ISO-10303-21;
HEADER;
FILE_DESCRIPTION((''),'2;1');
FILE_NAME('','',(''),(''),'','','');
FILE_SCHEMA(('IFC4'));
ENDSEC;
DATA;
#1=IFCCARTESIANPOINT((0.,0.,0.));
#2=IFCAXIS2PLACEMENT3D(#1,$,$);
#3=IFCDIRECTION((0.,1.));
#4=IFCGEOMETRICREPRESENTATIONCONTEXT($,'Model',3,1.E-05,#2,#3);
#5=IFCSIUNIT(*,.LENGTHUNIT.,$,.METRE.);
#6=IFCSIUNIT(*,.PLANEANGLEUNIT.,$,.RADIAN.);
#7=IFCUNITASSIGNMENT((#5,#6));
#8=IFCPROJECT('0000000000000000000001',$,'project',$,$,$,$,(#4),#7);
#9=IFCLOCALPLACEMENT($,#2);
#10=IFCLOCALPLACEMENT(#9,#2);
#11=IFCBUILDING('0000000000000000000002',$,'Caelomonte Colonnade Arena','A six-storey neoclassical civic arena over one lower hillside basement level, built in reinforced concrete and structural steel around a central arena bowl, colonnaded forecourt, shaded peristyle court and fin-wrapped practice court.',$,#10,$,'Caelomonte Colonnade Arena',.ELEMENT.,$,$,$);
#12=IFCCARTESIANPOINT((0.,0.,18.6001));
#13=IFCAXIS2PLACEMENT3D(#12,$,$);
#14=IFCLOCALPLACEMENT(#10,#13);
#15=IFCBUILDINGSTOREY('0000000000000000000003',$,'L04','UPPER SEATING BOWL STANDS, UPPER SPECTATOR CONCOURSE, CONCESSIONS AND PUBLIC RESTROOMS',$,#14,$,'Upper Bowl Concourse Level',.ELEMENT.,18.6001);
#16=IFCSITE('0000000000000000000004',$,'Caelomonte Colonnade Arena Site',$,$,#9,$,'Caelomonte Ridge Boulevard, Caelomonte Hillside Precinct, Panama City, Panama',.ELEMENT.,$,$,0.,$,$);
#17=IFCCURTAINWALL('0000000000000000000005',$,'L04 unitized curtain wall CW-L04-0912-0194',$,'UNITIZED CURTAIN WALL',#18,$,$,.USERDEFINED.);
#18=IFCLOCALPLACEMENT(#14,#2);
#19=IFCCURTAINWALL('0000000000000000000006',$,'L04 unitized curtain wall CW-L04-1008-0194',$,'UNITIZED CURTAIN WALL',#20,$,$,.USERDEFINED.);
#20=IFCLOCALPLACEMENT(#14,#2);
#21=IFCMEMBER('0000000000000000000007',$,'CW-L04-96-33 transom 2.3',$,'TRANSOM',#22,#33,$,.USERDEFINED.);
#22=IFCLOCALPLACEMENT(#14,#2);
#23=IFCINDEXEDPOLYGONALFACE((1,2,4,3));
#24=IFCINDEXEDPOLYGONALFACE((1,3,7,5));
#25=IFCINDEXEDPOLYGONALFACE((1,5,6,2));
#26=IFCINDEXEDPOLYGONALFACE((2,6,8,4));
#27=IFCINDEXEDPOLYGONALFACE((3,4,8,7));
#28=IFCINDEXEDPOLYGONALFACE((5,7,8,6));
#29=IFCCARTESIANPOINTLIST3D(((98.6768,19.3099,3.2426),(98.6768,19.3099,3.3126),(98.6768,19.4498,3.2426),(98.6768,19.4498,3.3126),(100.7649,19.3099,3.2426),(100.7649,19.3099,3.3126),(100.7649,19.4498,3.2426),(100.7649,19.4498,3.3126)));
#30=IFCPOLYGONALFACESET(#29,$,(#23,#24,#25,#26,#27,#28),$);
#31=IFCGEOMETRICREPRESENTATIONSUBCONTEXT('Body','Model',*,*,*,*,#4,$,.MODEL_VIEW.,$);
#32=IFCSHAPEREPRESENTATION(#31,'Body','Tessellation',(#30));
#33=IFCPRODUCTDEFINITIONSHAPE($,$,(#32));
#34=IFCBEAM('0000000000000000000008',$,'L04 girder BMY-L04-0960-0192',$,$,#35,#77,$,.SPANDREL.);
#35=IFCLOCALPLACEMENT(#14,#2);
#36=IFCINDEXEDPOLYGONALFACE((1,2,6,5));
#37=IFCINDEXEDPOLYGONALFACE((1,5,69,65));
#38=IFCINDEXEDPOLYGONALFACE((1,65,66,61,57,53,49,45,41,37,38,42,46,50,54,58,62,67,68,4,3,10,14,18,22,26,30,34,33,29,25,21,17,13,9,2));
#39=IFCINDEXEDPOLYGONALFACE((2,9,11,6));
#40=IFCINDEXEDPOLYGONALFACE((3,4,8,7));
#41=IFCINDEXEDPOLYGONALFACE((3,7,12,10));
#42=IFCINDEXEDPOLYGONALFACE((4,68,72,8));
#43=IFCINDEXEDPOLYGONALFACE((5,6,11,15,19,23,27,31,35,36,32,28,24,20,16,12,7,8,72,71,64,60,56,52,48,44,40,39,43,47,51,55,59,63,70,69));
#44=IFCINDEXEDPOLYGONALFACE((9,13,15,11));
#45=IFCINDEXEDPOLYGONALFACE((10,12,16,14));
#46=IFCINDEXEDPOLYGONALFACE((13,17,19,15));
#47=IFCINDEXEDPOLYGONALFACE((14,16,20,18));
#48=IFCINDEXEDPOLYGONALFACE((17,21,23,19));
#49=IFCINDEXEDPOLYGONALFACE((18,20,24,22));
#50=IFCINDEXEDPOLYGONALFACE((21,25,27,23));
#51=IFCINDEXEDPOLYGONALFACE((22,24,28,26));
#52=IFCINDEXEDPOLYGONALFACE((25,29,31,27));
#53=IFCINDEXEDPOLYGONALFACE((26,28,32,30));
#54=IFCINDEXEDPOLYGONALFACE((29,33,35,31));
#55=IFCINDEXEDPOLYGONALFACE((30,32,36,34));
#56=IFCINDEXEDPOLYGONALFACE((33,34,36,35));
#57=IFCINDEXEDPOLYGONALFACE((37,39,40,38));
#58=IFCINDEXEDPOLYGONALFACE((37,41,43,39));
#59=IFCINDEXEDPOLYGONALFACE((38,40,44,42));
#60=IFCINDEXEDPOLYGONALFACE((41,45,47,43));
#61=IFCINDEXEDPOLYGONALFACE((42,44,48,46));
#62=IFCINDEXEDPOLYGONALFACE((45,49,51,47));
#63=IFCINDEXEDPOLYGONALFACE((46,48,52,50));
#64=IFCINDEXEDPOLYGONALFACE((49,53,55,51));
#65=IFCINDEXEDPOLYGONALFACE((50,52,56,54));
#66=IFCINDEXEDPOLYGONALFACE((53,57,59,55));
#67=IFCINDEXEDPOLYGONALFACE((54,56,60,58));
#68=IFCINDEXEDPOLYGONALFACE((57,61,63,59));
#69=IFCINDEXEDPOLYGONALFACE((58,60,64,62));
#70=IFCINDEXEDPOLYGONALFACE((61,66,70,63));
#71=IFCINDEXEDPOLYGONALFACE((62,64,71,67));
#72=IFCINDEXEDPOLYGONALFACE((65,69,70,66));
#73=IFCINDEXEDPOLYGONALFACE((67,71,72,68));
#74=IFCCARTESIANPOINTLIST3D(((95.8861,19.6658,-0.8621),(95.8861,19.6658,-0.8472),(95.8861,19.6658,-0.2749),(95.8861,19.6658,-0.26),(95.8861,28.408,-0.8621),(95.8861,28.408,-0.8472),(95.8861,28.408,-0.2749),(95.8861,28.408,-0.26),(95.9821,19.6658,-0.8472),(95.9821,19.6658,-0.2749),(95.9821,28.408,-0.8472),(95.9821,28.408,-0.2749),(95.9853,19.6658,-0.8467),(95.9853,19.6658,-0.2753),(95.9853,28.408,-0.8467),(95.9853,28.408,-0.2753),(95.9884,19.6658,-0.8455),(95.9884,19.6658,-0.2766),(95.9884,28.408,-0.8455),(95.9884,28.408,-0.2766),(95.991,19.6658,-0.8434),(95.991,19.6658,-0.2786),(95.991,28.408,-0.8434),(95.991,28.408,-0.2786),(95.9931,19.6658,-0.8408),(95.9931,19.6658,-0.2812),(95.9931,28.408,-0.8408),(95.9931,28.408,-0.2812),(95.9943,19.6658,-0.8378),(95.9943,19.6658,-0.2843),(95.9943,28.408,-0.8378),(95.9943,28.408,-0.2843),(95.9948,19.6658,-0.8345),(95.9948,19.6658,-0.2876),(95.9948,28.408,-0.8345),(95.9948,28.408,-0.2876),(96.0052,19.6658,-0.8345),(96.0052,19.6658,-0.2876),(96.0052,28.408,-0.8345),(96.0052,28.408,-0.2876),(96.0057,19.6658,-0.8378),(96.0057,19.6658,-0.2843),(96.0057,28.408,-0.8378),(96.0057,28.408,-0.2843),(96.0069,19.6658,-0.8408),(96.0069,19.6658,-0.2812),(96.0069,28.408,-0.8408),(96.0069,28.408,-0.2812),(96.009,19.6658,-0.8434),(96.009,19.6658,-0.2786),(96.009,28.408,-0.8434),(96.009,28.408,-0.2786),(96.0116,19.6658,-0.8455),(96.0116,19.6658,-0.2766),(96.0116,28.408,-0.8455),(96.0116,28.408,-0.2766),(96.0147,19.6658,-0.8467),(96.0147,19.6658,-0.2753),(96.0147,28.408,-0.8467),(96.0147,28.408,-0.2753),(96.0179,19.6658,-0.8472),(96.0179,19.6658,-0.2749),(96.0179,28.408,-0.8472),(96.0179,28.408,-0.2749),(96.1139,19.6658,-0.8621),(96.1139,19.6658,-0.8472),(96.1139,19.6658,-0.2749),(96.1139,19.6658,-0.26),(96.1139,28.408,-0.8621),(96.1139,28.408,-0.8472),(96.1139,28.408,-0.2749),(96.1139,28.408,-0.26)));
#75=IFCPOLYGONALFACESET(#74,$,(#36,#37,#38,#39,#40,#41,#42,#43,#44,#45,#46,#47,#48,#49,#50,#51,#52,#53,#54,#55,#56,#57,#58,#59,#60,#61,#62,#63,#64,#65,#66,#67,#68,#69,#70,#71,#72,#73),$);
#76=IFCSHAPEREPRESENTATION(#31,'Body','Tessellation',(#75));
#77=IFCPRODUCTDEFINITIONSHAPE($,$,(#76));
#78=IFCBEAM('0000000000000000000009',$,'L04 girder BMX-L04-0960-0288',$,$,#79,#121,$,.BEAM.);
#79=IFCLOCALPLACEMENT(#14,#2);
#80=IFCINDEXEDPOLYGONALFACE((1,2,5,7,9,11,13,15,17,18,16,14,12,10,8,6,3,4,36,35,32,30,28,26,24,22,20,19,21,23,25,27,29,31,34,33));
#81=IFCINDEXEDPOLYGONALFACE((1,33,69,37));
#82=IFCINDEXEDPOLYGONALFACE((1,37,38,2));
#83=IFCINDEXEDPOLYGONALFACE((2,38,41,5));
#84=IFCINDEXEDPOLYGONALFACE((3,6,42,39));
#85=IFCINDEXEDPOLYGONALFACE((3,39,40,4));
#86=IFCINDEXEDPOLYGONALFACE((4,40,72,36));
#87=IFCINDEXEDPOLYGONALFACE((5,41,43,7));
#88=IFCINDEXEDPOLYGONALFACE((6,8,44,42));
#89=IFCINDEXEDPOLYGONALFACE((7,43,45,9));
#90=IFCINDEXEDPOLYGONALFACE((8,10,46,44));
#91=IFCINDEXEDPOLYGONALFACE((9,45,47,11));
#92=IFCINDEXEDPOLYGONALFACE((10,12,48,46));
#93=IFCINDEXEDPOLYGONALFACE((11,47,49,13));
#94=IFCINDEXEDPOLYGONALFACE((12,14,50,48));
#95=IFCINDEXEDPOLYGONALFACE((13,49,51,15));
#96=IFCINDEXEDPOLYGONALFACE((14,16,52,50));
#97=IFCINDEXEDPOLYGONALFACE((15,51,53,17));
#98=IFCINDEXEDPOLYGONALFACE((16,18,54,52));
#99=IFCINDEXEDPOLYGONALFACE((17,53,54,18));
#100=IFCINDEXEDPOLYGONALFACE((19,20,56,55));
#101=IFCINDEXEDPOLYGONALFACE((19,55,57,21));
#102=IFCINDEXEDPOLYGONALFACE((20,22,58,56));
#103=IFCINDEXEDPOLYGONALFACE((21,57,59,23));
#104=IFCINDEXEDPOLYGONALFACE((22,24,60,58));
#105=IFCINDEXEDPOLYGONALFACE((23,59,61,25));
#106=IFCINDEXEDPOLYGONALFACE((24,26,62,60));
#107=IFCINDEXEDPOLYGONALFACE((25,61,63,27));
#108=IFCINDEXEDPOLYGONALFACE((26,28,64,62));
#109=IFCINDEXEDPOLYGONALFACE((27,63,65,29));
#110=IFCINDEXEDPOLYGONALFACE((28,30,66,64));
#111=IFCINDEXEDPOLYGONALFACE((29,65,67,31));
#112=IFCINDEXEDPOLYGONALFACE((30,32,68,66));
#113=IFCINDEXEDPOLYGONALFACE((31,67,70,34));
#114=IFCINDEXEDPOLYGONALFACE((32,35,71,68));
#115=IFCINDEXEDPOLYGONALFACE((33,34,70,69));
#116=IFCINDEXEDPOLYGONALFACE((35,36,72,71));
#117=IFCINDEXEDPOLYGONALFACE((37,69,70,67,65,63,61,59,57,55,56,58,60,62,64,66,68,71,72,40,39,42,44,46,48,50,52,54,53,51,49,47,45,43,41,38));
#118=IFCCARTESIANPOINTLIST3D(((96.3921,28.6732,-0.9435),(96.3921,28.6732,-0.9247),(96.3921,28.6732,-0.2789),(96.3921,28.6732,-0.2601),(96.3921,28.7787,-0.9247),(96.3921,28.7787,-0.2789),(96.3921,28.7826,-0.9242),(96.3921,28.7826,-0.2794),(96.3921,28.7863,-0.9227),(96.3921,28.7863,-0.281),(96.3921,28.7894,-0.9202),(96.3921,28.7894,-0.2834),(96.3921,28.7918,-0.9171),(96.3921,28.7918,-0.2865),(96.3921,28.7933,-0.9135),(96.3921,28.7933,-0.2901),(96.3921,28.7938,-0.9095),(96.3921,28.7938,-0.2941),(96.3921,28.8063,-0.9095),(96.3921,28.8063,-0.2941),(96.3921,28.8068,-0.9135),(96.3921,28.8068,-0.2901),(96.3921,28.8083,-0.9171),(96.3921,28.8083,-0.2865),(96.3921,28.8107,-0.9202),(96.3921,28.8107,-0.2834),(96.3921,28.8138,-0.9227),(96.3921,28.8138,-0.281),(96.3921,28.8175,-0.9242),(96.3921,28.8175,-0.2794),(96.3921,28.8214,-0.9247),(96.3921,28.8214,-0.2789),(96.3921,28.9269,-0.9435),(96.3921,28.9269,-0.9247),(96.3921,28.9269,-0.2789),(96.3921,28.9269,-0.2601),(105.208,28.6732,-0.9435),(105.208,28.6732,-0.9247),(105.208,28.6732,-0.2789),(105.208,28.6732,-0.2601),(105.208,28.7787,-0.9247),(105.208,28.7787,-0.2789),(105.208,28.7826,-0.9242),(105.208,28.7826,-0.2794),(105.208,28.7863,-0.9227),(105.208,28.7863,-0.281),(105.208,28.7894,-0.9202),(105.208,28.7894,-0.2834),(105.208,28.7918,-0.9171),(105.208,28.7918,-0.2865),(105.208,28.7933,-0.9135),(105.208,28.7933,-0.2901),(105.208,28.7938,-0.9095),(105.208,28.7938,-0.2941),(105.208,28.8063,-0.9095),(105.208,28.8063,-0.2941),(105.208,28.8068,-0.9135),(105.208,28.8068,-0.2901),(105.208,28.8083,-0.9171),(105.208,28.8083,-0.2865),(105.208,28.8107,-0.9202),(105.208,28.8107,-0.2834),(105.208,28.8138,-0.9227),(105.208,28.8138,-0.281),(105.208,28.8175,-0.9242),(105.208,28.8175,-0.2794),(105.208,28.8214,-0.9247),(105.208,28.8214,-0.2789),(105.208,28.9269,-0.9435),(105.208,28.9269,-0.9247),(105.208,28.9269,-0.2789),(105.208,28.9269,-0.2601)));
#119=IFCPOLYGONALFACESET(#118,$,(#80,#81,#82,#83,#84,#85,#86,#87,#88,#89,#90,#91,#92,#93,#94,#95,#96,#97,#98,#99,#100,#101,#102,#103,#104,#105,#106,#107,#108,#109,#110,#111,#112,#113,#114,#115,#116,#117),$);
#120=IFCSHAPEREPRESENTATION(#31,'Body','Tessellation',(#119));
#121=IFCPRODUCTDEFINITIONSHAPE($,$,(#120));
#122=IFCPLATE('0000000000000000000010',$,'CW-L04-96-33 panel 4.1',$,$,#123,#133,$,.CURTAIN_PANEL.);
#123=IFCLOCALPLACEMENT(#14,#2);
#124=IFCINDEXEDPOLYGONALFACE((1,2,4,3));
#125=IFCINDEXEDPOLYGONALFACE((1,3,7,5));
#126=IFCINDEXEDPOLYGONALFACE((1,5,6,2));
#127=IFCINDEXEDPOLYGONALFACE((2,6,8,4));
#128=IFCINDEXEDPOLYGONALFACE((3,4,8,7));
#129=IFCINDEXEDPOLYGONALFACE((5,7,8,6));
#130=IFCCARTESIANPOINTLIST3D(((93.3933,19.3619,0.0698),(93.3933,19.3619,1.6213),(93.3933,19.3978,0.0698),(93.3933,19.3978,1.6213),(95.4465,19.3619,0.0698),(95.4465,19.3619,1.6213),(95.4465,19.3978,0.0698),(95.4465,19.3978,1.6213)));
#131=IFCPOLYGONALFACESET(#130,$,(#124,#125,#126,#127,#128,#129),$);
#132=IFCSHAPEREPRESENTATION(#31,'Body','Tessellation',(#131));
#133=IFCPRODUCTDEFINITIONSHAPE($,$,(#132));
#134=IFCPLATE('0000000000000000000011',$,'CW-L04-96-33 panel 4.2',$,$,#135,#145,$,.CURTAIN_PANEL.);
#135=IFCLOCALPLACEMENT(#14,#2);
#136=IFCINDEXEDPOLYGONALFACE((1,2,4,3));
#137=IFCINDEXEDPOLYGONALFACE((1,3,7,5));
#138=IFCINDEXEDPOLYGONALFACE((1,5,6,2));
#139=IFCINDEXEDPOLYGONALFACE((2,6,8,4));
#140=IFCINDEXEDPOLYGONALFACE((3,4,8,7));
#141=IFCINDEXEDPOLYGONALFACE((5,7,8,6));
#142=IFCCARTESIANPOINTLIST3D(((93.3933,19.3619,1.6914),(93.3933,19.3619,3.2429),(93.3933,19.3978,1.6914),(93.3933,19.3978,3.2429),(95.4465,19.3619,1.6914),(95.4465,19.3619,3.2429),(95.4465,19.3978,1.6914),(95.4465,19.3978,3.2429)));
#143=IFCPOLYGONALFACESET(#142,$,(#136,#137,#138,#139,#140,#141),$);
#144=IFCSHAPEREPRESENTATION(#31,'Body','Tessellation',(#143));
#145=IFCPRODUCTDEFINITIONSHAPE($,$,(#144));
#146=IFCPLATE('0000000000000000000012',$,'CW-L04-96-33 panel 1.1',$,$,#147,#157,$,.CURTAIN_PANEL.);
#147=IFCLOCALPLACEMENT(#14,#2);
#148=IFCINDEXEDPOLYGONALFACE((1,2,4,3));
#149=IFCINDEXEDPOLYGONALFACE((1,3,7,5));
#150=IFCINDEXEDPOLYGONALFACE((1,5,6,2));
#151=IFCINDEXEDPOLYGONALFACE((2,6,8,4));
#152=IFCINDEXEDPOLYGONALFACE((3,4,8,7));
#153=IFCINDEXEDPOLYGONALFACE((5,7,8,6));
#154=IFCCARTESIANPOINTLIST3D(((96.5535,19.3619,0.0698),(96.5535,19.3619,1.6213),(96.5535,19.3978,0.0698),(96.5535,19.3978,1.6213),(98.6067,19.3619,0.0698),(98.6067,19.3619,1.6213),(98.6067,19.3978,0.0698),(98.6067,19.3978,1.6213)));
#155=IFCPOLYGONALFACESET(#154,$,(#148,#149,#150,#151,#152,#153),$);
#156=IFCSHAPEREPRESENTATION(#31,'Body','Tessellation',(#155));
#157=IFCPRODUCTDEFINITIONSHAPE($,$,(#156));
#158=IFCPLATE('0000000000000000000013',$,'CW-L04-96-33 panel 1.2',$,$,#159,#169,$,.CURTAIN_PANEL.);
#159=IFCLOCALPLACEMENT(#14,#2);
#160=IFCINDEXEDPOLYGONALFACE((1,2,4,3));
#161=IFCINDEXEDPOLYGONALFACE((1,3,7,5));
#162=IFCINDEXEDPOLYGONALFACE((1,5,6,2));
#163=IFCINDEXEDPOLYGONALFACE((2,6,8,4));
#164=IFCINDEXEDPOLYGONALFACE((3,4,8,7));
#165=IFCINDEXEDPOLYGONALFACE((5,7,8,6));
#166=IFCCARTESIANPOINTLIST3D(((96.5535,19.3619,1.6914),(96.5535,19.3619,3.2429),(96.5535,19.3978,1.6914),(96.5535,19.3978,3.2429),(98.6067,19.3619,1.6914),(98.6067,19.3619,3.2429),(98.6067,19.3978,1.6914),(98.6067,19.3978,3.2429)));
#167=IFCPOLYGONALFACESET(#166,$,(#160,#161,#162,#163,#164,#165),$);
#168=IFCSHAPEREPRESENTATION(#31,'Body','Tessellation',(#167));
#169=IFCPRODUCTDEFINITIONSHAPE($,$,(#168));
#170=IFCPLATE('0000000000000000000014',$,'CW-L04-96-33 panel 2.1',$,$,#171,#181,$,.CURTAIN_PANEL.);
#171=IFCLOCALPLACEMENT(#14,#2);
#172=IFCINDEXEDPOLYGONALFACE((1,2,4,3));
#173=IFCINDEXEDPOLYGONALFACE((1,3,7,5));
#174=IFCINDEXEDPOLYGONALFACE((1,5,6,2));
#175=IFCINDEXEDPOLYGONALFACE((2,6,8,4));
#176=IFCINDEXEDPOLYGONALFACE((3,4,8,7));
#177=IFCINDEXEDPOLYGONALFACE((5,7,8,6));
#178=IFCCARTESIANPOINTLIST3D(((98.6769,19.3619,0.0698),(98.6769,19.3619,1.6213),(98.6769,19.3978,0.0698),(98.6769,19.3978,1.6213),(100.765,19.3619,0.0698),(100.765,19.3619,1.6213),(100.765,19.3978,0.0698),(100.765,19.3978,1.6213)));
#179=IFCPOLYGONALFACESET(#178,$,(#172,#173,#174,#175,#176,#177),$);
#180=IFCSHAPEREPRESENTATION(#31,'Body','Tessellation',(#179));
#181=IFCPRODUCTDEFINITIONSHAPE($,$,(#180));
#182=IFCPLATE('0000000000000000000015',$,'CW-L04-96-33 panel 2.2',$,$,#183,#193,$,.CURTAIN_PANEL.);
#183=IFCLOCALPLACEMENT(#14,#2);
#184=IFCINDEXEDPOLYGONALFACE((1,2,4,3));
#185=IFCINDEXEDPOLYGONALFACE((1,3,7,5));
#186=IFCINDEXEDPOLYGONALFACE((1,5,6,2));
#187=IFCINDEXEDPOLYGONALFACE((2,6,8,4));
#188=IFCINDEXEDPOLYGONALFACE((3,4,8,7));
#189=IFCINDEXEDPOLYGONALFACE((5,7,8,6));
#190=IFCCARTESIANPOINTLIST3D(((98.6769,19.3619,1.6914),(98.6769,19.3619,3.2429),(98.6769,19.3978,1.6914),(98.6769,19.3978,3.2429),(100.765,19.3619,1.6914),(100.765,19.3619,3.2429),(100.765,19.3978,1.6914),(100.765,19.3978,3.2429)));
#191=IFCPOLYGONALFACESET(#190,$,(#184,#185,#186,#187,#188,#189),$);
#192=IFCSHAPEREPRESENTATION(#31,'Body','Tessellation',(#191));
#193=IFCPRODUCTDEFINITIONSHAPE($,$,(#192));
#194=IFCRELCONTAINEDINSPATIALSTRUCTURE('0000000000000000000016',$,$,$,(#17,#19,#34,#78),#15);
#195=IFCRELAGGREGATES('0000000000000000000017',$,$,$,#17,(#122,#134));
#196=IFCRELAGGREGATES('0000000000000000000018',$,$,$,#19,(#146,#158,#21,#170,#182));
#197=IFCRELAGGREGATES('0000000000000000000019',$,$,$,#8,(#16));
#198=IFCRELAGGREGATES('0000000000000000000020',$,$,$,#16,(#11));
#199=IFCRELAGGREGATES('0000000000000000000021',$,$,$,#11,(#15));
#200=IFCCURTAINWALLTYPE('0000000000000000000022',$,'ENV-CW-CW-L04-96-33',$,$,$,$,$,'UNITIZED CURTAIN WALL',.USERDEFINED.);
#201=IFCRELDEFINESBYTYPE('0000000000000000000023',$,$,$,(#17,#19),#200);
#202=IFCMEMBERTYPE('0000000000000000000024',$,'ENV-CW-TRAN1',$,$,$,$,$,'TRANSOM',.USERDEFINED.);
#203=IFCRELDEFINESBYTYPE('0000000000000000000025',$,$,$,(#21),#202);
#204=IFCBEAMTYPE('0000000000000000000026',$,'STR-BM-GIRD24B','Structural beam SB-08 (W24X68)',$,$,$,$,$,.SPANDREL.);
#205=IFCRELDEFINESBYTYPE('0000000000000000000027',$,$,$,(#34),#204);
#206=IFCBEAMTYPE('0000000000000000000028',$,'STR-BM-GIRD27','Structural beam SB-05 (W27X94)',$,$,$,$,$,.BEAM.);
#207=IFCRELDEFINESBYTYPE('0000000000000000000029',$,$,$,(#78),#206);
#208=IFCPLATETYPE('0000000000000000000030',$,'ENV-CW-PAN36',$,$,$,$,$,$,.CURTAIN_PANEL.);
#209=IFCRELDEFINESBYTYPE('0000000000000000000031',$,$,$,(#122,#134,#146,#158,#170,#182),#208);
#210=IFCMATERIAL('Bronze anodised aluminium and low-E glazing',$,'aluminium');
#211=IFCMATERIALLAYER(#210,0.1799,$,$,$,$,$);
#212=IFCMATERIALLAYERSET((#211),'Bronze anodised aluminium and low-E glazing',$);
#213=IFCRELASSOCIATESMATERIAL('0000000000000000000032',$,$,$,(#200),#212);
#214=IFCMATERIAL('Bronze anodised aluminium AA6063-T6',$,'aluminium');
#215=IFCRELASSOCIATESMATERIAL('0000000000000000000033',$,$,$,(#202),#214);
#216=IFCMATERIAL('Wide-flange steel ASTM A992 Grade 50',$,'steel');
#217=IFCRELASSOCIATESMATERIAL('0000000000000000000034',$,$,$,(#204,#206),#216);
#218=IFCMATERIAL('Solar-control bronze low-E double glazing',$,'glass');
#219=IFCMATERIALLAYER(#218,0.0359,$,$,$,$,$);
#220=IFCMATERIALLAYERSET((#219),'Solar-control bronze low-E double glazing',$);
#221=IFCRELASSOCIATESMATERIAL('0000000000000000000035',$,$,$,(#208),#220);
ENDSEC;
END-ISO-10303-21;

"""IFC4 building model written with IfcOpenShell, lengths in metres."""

from ifc_helpers import new_model, si_unit, direction, frame, origin, origin_2d, place, context, subcontext, project, spatial, rectangle, i_section, extrude, material, layer, layer_set, material_profile, profile_set, type_object, element, aggregate, save


model = new_model("IFC4")

# Units and contexts
model_context = context("Model", 3, precision=1e-05, world=origin(), true_north=direction((0.0, 1.0)))
body_context = subcontext(model_context, "Body", "Model", "MODEL_VIEW")
ifc_project = project(units=[si_unit("LENGTHUNIT", "METRE"), si_unit("PLANEANGLEUNIT", "RADIAN")], contexts=[model_context])

# Site, building, storey
site_placement = place(None, origin())
site = spatial("IfcSite", under=ifc_project, at=site_placement, Name="Caelomonte Colonnade Arena Site", LongName="Caelomonte Ridge Boulevard, Caelomonte Hillside Precinct, Panama City, Panama", CompositionType="ELEMENT", RefElevation=0.0)
building_placement = place(site_placement, origin())
building = spatial("IfcBuilding", under=site, at=building_placement, Name="Caelomonte Colonnade Arena", Description="A six-storey neoclassical civic arena over one lower hillside basement level, built in reinforced concrete and structural steel around a central arena bowl, colonnaded forecourt, shaded peristyle court and fin-wrapped practice court.", LongName="Caelomonte Colonnade Arena", CompositionType="ELEMENT")
storey_placement = place(building_placement, frame((0.0, 0.0, 18.6001)))
storey = spatial("IfcBuildingStorey", under=building, at=storey_placement, Name="L04", Description="UPPER SEATING BOWL STANDS, UPPER SPECTATOR CONCOURSE, CONCESSIONS AND PUBLIC RESTROOMS", LongName="Upper Bowl Concourse Level", CompositionType="ELEMENT", Elevation=18.6001)

# Curtain walls
ifc_material_1 = material(Name="Bronze anodised aluminium and low-E glazing", Category="aluminium")
ifc_layer_1 = layer(ifc_material_1, 0.1799)
ifc_layer_set_1 = layer_set([ifc_layer_1], Name="Bronze anodised aluminium and low-E glazing")
curtain_wall_type = type_object("IfcCurtainWallType", Name="ENV-CW-CW-L04-96-33", ElementType="UNITIZED CURTAIN WALL", PredefinedType="USERDEFINED", material=ifc_layer_set_1)
curtain_wall_1_placement = place(storey_placement, origin())
curtain_wall_1 = element("IfcCurtainWall", 1, at=curtain_wall_1_placement, inside=storey, type_object=curtain_wall_type, Name="L04 unitized curtain wall CW-L04-0912-0194", ObjectType="UNITIZED CURTAIN WALL", PredefinedType="USERDEFINED")
ifc_material_2 = material(Name="Bronze anodised aluminium AA6063-T6", Category="aluminium")
curtain_wall_2_placement = place(storey_placement, origin())
curtain_wall_2 = element("IfcCurtainWall", 2, at=curtain_wall_2_placement, inside=storey, type_object=curtain_wall_type, Name="L04 unitized curtain wall CW-L04-1008-0194", ObjectType="UNITIZED CURTAIN WALL", PredefinedType="USERDEFINED")

# Member
ifc_material_profile_1 = material_profile(ifc_material_2, rectangle(XDim=0.0701, YDim=0.1399, at=origin_2d()), Name="CWT-70X140")
ifc_profile_set_1 = profile_set([ifc_material_profile_1], Name="Bronze anodised aluminium AA6063-T6")
member_type_1 = type_object("IfcMemberType", Name="ENV-CW-TRAN1", ElementType="TRANSOM", PredefinedType="USERDEFINED", material=ifc_profile_set_1)
member_1_placement = place(storey_placement, frame((98.6768, 19.3799, 3.2776), z_axis=(1.0, 0.0, 0.0), x_axis=(0.0, 0.0, 1.0)))
member_1 = element("IfcMember", 3, at=member_1_placement, type_object=member_type_1, Name="CW-L04-96-33 transom 2.3", ObjectType="TRANSOM", PredefinedType="USERDEFINED", context=body_context, shape_type="SweptSolid", body=[
    extrude(rectangle(XDim=0.0701, YDim=0.1399, at=origin_2d()), origin(), (0.0, 0.0, 1.0), 2.0881),
])

# Beams
ifc_material_3 = material(Name="Wide-flange steel ASTM A992 Grade 50", Category="steel")
ifc_material_profile_2 = material_profile(ifc_material_3, i_section(OverallWidth=0.2278, OverallDepth=0.6021, WebThickness=0.0105, FlangeThickness=0.0149, FilletRadius=0.0127, at=origin_2d()), Name="W24X68")
ifc_profile_set_2 = profile_set([ifc_material_profile_2], Name="Wide-flange steel ASTM A992 Grade 50")
beam_type_1 = type_object("IfcBeamType", Name="STR-BM-GIRD24B", Description="Structural beam SB-08 (W24X68)", PredefinedType="SPANDREL", material=ifc_profile_set_2)
beam_1_placement = place(storey_placement, frame((96.0, 19.6658, -0.561), z_axis=(0.0, 1.0, 0.0), x_axis=(-1.0, 0.0, 0.0)))
element("IfcBeam", 4, at=beam_1_placement, inside=storey, type_object=beam_type_1, Name="L04 girder BMY-L04-0960-0192", PredefinedType="SPANDREL", context=body_context, shape_type="SweptSolid", body=[
    extrude(i_section(OverallWidth=0.2278, OverallDepth=0.6021, WebThickness=0.0105, FlangeThickness=0.0149, FilletRadius=0.0127, at=origin_2d()), origin(), (0.0, 0.0, 1.0), 8.7422),
])
ifc_material_profile_3 = material_profile(ifc_material_3, i_section(OverallWidth=0.2537, OverallDepth=0.6833, WebThickness=0.0125, FlangeThickness=0.0188, FilletRadius=0.0151, at=origin_2d()), Name="W27X94")
ifc_profile_set_3 = profile_set([ifc_material_profile_3], Name="Wide-flange steel ASTM A992 Grade 50")
beam_type_2 = type_object("IfcBeamType", Name="STR-BM-GIRD27", Description="Structural beam SB-05 (W27X94)", PredefinedType="BEAM", material=ifc_profile_set_3)
beam_2_placement = place(storey_placement, frame((96.3921, 28.8, -0.6018), z_axis=(1.0, 0.0, 0.0), x_axis=(0.0, 1.0, 0.0)))
element("IfcBeam", 5, at=beam_2_placement, inside=storey, type_object=beam_type_2, Name="L04 girder BMX-L04-0960-0288", PredefinedType="BEAM", context=body_context, shape_type="SweptSolid", body=[
    extrude(i_section(OverallWidth=0.2537, OverallDepth=0.6833, WebThickness=0.0125, FlangeThickness=0.0188, FilletRadius=0.0151, at=origin_2d()), origin(), (0.0, 0.0, 1.0), 8.8159),
])

# Plates
ifc_material_4 = material(Name="Solar-control bronze low-E double glazing", Category="glass")
ifc_layer_2 = layer(ifc_material_4, 0.0359)
ifc_layer_set_2 = layer_set([ifc_layer_2], Name="Solar-control bronze low-E double glazing")
plate_type = type_object("IfcPlateType", Name="ENV-CW-PAN36", PredefinedType="CURTAIN_PANEL", material=ifc_layer_set_2)
plate_1_placement = place(storey_placement, frame((94.4199, 19.3799, 0.0698), z_axis=(0.0, 0.0, 1.0), x_axis=(1.0, 0.0, 0.0)))
plate_1 = element("IfcPlate", 6, at=plate_1_placement, type_object=plate_type, Name="CW-L04-96-33 panel 4.1", PredefinedType="CURTAIN_PANEL", context=body_context, shape_type="SweptSolid", body=[
    extrude(rectangle(XDim=2.0532, YDim=0.0359, at=origin_2d()), origin(), (0.0, 0.0, 1.0), 1.5515),
])
plate_2_placement = place(storey_placement, frame((94.4199, 19.3799, 1.6914), z_axis=(0.0, 0.0, 1.0), x_axis=(1.0, 0.0, 0.0)))
plate_2 = element("IfcPlate", 7, at=plate_2_placement, type_object=plate_type, Name="CW-L04-96-33 panel 4.2", PredefinedType="CURTAIN_PANEL", context=body_context, shape_type="SweptSolid", body=[
    extrude(rectangle(XDim=2.0532, YDim=0.0359, at=origin_2d()), origin(), (0.0, 0.0, 1.0), 1.5515),
])
aggregate(curtain_wall_1, [plate_1, plate_2])
plate_3_placement = place(storey_placement, frame((97.5801, 19.3799, 0.0698), z_axis=(0.0, 0.0, 1.0), x_axis=(1.0, 0.0, 0.0)))
plate_3 = element("IfcPlate", 8, at=plate_3_placement, type_object=plate_type, Name="CW-L04-96-33 panel 1.1", PredefinedType="CURTAIN_PANEL", context=body_context, shape_type="SweptSolid", body=[
    extrude(rectangle(XDim=2.0532, YDim=0.0359, at=origin_2d()), origin(), (0.0, 0.0, 1.0), 1.5515),
])
plate_4_placement = place(storey_placement, frame((97.5801, 19.3799, 1.6914), z_axis=(0.0, 0.0, 1.0), x_axis=(1.0, 0.0, 0.0)))
plate_4 = element("IfcPlate", 9, at=plate_4_placement, type_object=plate_type, Name="CW-L04-96-33 panel 1.2", PredefinedType="CURTAIN_PANEL", context=body_context, shape_type="SweptSolid", body=[
    extrude(rectangle(XDim=2.0532, YDim=0.0359, at=origin_2d()), origin(), (0.0, 0.0, 1.0), 1.5515),
])
plate_5_placement = place(storey_placement, frame((99.7209, 19.3799, 0.0698), z_axis=(0.0, 0.0, 1.0), x_axis=(1.0, 0.0, 0.0)))
plate_5 = element("IfcPlate", 10, at=plate_5_placement, type_object=plate_type, Name="CW-L04-96-33 panel 2.1", PredefinedType="CURTAIN_PANEL", context=body_context, shape_type="SweptSolid", body=[
    extrude(rectangle(XDim=2.0881, YDim=0.0359, at=origin_2d()), origin(), (0.0, 0.0, 1.0), 1.5515),
])
plate_6_placement = place(storey_placement, frame((99.7209, 19.3799, 1.6914), z_axis=(0.0, 0.0, 1.0), x_axis=(1.0, 0.0, 0.0)))
plate_6 = element("IfcPlate", 11, at=plate_6_placement, type_object=plate_type, Name="CW-L04-96-33 panel 2.2", PredefinedType="CURTAIN_PANEL", context=body_context, shape_type="SweptSolid", body=[
    extrude(rectangle(XDim=2.0881, YDim=0.0359, at=origin_2d()), origin(), (0.0, 0.0, 1.0), 1.5515),
])
aggregate(curtain_wall_2, [plate_3, plate_4, member_1, plate_5, plate_6])

save(model, "model.ifc")
